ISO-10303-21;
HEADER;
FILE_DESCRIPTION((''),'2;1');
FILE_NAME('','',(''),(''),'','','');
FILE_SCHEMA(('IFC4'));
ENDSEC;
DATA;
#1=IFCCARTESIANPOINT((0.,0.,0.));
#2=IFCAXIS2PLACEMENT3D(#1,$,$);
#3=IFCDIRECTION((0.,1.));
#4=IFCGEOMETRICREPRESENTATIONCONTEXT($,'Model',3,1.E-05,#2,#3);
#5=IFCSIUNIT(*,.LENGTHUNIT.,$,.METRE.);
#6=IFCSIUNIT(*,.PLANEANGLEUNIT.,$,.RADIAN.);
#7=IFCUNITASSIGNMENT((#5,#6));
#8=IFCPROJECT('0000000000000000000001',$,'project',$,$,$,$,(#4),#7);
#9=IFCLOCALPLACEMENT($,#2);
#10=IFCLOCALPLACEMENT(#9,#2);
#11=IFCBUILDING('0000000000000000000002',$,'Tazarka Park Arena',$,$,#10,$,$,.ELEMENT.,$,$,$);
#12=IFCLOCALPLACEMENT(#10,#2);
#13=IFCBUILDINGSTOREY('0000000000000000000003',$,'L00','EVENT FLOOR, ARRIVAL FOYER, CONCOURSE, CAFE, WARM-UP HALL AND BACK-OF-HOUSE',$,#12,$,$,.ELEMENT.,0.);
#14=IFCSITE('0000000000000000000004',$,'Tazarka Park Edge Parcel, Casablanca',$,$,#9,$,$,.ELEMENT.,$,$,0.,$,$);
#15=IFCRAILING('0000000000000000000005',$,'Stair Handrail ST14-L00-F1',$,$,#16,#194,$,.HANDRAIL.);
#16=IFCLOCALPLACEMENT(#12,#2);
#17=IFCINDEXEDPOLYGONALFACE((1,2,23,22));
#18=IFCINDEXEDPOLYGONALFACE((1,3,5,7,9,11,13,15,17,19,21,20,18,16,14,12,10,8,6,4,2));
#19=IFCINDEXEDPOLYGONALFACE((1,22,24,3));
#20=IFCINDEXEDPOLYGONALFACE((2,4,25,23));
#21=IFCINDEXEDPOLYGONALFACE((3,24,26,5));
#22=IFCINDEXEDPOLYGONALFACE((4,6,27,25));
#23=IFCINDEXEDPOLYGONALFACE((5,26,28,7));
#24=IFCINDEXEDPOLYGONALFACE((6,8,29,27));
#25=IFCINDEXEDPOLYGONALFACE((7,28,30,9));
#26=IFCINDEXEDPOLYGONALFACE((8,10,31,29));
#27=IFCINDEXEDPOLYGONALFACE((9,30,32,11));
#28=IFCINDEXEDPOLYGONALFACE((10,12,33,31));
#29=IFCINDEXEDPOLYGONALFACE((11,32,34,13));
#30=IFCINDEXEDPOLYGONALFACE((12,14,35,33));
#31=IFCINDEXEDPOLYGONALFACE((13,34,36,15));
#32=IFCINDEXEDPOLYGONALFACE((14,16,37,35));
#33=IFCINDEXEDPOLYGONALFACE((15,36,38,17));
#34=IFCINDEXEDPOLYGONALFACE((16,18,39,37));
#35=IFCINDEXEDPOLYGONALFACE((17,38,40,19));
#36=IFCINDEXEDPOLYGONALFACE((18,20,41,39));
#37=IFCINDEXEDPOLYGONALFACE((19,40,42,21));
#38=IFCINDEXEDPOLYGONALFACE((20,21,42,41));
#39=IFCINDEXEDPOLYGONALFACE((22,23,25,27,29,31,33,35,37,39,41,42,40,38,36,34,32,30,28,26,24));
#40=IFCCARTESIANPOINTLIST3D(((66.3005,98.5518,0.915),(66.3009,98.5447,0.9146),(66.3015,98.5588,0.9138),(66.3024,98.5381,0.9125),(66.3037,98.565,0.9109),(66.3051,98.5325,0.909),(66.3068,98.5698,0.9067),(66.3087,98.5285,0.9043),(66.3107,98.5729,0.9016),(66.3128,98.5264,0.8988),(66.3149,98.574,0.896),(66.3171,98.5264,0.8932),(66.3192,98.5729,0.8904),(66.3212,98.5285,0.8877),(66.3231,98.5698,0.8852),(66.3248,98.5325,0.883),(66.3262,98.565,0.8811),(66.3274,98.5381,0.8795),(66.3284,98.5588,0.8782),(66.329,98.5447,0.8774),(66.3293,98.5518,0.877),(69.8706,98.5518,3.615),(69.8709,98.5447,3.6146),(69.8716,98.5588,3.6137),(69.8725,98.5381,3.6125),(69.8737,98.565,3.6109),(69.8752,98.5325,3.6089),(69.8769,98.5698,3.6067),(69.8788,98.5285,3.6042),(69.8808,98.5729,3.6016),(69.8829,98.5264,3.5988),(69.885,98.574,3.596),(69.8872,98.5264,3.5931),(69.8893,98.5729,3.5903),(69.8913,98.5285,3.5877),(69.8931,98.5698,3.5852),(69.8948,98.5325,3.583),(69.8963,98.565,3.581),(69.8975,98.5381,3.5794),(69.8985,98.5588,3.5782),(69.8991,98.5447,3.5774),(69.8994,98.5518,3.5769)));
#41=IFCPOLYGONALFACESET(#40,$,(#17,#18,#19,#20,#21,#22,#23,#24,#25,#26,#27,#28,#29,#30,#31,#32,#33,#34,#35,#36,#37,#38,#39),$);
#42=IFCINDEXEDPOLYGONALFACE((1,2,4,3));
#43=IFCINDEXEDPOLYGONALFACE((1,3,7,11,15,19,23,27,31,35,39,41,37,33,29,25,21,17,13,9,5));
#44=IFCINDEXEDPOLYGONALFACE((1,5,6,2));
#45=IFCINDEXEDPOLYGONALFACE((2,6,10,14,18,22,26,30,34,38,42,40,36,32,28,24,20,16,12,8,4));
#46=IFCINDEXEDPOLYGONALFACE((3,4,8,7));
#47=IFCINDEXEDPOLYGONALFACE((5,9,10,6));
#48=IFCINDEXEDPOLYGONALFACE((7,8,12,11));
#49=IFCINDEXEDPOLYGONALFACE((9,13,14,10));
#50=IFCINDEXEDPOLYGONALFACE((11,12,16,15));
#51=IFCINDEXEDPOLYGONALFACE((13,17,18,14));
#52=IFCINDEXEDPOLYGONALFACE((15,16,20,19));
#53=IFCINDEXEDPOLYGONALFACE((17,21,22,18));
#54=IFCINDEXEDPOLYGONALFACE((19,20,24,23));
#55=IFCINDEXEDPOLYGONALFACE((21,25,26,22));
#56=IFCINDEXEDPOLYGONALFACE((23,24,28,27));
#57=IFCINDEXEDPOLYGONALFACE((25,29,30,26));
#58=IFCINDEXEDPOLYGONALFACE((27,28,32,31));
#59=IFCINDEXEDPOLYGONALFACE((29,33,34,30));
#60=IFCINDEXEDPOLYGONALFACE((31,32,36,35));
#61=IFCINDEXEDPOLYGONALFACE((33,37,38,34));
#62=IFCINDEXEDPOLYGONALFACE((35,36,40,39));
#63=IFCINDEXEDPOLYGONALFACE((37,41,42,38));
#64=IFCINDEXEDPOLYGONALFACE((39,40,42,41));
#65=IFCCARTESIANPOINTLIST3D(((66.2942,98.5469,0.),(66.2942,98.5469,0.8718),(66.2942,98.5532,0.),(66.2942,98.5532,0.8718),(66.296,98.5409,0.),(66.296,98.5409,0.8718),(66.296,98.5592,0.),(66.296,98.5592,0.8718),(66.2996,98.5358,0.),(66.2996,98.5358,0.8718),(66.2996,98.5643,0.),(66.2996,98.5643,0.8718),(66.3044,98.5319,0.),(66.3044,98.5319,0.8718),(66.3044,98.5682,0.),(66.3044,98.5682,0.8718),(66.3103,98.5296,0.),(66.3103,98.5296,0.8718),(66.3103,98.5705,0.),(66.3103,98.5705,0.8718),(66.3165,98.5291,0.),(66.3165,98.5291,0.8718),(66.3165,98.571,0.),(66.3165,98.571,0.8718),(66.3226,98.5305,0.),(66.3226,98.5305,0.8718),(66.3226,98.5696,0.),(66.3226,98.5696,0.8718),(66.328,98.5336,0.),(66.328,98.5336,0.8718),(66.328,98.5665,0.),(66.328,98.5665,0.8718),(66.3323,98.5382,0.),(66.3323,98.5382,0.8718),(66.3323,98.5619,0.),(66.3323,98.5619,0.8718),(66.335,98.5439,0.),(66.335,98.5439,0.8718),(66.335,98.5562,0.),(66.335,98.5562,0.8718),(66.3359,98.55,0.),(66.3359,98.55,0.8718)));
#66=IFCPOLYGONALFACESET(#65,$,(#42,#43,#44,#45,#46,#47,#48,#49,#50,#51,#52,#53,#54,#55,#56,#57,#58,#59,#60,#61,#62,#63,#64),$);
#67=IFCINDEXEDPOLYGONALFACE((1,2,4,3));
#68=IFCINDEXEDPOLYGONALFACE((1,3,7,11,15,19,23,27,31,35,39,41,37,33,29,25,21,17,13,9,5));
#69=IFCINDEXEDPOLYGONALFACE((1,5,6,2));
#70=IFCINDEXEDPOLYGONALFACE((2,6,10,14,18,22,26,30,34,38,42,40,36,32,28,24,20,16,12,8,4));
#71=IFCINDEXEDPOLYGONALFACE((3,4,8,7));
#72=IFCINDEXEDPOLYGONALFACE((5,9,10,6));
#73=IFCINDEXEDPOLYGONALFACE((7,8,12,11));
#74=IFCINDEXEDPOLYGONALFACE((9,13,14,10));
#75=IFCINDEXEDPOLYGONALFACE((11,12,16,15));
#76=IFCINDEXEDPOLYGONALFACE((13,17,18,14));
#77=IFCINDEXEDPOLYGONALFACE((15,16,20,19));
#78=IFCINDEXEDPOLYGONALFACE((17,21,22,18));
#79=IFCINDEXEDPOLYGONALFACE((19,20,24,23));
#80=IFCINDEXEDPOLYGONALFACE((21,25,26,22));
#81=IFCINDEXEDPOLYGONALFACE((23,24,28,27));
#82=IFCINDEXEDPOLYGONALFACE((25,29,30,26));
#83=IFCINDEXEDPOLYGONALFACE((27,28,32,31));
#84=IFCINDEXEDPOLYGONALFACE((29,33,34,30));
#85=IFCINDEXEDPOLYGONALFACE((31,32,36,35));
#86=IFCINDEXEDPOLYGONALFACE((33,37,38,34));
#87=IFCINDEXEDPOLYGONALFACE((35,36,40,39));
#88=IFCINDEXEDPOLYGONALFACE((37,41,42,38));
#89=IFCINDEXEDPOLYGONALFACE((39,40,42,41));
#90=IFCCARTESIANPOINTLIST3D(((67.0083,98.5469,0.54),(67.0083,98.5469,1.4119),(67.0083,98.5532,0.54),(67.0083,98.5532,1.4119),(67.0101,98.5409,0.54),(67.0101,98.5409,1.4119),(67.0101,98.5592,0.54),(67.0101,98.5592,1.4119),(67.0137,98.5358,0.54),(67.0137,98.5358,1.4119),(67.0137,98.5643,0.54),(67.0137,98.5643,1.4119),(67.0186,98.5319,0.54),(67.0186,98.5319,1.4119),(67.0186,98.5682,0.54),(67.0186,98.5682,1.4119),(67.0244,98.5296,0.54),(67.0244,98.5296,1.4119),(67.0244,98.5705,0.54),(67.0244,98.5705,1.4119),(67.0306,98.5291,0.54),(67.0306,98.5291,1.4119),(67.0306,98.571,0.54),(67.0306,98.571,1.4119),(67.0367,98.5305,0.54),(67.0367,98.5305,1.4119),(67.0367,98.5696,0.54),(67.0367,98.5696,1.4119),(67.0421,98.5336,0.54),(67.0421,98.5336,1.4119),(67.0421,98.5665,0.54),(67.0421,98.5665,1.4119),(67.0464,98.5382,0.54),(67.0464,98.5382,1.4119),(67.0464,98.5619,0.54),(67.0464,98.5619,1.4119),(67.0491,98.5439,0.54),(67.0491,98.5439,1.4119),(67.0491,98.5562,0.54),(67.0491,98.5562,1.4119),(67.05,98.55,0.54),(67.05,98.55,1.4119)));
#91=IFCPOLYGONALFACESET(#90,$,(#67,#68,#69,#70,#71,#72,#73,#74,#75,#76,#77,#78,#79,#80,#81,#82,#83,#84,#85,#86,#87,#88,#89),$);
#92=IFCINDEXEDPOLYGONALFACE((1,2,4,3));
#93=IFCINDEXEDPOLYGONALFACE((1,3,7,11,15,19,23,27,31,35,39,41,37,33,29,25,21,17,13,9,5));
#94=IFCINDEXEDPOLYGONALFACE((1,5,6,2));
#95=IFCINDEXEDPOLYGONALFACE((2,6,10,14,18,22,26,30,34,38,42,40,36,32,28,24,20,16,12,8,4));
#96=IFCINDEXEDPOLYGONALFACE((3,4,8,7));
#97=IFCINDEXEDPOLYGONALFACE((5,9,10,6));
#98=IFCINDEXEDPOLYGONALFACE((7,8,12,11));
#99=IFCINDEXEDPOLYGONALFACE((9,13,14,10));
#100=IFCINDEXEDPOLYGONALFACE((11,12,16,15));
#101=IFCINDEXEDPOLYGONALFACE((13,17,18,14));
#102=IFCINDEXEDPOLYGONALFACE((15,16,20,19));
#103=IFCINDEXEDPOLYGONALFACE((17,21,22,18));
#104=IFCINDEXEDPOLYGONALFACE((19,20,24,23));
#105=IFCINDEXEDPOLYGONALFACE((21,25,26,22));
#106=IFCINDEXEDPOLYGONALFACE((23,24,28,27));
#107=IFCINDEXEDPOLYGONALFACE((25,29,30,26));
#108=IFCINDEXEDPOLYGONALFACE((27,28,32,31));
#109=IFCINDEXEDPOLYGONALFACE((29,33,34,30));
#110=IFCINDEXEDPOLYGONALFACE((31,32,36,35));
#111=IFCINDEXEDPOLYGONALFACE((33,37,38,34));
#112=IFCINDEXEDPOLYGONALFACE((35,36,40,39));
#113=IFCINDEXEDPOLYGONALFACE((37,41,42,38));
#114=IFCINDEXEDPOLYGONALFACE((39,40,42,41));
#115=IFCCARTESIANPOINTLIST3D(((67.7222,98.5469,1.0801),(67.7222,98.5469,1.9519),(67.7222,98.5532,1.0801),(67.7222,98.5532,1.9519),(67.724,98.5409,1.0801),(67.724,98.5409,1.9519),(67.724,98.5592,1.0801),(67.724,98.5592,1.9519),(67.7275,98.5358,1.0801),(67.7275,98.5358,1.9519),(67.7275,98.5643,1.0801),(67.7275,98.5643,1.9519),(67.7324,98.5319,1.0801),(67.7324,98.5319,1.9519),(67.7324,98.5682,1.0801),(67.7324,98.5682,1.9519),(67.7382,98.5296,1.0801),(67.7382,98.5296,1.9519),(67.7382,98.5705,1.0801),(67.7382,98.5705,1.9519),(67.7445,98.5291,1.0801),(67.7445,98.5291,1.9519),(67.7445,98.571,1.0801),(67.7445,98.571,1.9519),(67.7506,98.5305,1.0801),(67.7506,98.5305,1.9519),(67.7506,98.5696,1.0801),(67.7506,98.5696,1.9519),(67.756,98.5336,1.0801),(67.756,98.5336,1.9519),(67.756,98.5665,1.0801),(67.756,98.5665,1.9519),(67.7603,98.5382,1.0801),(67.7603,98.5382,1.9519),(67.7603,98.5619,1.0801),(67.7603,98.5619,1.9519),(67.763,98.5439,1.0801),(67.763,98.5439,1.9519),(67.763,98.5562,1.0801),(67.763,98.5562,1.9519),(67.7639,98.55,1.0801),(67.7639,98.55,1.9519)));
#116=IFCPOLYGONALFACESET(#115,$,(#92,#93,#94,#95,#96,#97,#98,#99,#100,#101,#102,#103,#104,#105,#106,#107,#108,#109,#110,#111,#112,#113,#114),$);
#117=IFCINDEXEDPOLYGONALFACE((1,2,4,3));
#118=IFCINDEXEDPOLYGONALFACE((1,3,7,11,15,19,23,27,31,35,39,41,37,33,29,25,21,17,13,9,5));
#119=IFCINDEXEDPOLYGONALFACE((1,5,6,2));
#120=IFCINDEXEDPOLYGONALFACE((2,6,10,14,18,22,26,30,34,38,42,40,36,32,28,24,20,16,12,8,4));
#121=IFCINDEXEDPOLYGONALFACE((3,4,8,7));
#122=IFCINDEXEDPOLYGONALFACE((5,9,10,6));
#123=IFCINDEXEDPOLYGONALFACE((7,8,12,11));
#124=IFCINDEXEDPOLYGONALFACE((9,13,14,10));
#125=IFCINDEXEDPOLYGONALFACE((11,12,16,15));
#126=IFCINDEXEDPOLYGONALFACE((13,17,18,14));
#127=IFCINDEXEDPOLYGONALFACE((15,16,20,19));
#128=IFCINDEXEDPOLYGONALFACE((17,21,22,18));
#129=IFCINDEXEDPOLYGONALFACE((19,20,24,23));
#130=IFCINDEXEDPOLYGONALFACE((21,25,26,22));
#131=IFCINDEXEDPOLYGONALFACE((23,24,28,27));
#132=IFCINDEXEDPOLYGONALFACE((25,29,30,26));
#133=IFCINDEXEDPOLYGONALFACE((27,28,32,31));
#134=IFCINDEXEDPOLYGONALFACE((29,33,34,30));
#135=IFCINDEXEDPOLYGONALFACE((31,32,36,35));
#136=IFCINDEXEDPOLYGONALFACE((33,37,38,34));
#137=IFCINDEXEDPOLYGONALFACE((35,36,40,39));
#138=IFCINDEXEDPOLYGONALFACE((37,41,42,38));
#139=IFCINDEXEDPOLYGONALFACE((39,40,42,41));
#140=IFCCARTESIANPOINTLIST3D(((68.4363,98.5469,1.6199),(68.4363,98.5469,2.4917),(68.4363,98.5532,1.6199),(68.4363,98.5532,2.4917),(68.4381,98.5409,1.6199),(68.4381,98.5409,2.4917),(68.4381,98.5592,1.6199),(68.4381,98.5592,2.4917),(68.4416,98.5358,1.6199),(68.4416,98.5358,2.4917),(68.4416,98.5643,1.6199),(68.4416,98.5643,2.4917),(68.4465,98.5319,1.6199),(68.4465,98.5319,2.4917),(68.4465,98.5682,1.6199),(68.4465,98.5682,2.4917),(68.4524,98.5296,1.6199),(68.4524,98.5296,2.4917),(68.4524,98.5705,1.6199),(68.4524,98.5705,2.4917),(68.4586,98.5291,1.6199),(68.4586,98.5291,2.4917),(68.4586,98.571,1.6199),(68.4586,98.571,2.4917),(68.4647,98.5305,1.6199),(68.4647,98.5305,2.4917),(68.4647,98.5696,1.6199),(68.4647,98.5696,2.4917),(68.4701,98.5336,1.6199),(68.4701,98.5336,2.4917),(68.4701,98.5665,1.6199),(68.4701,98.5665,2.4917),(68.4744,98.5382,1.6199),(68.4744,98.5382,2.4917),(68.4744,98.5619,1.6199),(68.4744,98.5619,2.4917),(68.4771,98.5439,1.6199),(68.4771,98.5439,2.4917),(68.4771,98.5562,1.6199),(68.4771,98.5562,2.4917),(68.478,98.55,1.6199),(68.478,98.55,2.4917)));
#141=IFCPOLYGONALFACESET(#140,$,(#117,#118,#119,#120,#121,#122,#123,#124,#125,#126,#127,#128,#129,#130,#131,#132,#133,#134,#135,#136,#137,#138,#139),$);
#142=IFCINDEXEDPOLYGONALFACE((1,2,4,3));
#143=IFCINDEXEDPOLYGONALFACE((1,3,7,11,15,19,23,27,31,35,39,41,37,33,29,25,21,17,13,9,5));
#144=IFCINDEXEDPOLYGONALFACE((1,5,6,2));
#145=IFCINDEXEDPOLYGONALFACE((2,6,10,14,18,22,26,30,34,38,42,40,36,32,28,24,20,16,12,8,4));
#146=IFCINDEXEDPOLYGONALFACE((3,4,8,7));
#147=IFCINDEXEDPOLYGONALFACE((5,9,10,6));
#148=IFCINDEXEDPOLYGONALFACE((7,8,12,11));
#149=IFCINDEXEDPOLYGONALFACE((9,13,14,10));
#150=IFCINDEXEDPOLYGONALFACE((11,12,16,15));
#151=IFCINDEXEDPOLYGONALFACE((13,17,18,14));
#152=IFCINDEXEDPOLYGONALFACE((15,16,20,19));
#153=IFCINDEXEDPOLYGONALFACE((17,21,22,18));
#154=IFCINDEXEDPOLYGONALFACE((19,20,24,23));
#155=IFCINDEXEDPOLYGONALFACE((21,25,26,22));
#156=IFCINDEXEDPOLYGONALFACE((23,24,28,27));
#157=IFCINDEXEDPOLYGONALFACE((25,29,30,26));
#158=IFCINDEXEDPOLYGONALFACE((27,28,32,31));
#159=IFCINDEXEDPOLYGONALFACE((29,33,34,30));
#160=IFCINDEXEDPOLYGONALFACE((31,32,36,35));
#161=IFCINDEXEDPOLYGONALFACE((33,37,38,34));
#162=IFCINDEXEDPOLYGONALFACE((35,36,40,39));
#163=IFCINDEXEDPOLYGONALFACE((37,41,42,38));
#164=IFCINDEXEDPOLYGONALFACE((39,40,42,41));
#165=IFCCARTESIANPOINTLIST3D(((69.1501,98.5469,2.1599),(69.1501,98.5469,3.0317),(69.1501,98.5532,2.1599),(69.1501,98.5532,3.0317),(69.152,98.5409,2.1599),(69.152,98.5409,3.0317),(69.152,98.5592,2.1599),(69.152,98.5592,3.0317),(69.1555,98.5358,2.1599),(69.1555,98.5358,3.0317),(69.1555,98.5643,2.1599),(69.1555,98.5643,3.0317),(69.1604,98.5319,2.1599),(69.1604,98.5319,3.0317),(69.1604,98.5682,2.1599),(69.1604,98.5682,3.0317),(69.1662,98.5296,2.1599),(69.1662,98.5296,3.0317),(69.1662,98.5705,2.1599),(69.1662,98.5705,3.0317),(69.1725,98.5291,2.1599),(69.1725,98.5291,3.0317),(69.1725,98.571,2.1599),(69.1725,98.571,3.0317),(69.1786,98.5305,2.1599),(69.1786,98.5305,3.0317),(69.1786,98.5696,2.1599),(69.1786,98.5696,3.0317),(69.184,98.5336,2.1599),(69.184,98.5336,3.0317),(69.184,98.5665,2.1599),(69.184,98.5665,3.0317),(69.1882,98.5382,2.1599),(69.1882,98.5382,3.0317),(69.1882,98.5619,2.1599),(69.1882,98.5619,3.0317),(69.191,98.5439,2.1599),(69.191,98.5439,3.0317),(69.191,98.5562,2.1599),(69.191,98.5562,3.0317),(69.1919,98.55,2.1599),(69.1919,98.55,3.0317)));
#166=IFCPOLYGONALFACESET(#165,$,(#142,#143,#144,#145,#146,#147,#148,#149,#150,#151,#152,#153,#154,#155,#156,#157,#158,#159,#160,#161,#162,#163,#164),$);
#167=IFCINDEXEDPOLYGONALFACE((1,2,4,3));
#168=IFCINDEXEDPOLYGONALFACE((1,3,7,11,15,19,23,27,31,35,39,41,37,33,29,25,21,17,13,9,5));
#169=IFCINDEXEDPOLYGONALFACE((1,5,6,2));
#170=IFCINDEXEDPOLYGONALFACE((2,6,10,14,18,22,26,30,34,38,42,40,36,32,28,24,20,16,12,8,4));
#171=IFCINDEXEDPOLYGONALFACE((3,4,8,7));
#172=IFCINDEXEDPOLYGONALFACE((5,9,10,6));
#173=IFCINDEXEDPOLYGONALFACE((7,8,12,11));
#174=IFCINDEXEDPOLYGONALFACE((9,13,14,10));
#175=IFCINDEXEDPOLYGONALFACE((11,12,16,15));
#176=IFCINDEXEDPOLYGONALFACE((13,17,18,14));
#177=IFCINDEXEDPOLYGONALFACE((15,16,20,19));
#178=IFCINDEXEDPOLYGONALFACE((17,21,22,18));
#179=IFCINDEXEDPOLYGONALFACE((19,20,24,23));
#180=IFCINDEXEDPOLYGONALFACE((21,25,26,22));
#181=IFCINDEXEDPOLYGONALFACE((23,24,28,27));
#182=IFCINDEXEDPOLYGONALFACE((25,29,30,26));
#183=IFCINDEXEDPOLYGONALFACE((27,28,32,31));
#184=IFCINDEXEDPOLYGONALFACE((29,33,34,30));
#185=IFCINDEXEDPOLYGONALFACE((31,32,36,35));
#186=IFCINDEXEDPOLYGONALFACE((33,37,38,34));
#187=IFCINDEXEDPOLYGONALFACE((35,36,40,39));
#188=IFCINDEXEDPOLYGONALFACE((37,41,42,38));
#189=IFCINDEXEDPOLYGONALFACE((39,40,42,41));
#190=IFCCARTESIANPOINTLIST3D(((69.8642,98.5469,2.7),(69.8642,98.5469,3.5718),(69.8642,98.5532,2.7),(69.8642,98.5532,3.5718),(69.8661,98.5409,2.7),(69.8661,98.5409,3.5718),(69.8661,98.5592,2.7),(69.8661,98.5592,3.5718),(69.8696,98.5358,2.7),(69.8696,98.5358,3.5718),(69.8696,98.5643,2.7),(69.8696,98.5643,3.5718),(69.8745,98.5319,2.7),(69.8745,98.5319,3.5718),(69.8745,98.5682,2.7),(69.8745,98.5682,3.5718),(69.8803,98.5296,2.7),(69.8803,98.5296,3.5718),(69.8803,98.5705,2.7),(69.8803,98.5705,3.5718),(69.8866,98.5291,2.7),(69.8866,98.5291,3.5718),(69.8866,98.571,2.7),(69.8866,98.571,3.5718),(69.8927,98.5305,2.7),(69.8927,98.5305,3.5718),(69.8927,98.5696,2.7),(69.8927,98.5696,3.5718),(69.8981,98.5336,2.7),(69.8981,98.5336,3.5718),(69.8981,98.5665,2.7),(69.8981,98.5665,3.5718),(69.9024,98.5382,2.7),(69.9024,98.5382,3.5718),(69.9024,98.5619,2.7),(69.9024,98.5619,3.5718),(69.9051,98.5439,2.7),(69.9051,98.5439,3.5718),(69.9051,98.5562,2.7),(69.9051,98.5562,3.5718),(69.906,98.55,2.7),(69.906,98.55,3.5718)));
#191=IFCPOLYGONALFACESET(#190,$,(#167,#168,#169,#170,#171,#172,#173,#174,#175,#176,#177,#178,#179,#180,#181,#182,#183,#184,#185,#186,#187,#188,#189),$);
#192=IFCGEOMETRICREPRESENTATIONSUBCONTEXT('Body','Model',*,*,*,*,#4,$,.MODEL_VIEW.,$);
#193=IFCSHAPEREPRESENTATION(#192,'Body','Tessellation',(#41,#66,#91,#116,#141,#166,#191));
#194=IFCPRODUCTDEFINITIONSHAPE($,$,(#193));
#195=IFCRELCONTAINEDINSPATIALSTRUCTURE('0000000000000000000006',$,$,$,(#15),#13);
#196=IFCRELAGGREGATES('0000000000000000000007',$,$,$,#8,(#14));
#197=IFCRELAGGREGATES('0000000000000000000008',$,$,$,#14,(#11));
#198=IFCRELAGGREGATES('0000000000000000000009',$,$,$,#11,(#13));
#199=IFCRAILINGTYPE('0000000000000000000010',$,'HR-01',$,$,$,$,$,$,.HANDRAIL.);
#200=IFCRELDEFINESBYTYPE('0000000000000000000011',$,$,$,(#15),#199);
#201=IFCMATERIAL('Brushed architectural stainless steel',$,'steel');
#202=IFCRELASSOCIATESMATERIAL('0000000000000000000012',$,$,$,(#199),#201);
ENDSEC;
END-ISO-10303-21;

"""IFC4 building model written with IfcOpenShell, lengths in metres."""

from ifc_helpers import new_model, si_unit, direction, frame, origin, origin_2d, place, context, subcontext, project, spatial, circle, extrude, material, type_object, element, save


model = new_model("IFC4")

# Units and contexts
model_context = context("Model", 3, precision=1e-05, world=origin(), true_north=direction((0.0, 1.0)))
body_context = subcontext(model_context, "Body", "Model", "MODEL_VIEW")
ifc_project = project(units=[si_unit("LENGTHUNIT", "METRE"), si_unit("PLANEANGLEUNIT", "RADIAN")], contexts=[model_context])

# Site, building, storey
site_placement = place(None, origin())
site = spatial("IfcSite", under=ifc_project, at=site_placement, Name="Tazarka Park Edge Parcel, Casablanca", CompositionType="ELEMENT", RefElevation=0.0)
building_placement = place(site_placement, origin())
building = spatial("IfcBuilding", under=site, at=building_placement, Name="Tazarka Park Arena", CompositionType="ELEMENT")
storey_placement = place(building_placement, origin())
storey = spatial("IfcBuildingStorey", under=building, at=storey_placement, Name="L00", Description="EVENT FLOOR, ARRIVAL FOYER, CONCOURSE, CAFE, WARM-UP HALL AND BACK-OF-HOUSE", CompositionType="ELEMENT", Elevation=0.0)

# Railing
ifc_material_1 = material(Name="Brushed architectural stainless steel", Category="steel")
railing_type_1 = type_object("IfcRailingType", Name="HR-01", PredefinedType="HANDRAIL", material=ifc_material_1)
railing_1_placement = place(storey_placement, frame((66.3149, 98.55, 0.0)))
element("IfcRailing", 1, at=railing_1_placement, inside=storey, type_object=railing_type_1, Name="Stair Handrail ST14-L00-F1", PredefinedType="HANDRAIL", context=body_context, shape_type="SweptSolid", body=[
    extrude(circle(Radius=0.0239, at=origin_2d()), frame((0.0, 0.0, 0.896), z_axis=(0.797591, 0.0, 0.603198), x_axis=(0.0, 1.0, 0.0)), (0.0, 0.0, 1.0), 4.4761),
    extrude(circle(Radius=0.021, at=origin_2d()), origin(), (0.0, 0.0, 1.0), 0.8718),
    extrude(circle(Radius=0.021, at=origin_2d()), frame((0.7141, 0.0, 0.54)), (0.0, 0.0, 1.0), 0.8718),
    extrude(circle(Radius=0.021, at=origin_2d()), frame((1.428, 0.0, 1.0801)), (0.0, 0.0, 1.0), 0.8718),
    extrude(circle(Radius=0.021, at=origin_2d()), frame((2.1421, 0.0, 1.6199)), (0.0, 0.0, 1.0), 0.8718),
    extrude(circle(Radius=0.021, at=origin_2d()), frame((2.856, 0.0, 2.1599)), (0.0, 0.0, 1.0), 0.8718),
    extrude(circle(Radius=0.021, at=origin_2d()), frame((3.5701, 0.0, 2.7)), (0.0, 0.0, 1.0), 0.8718),
])

save(model, "model.ifc")
